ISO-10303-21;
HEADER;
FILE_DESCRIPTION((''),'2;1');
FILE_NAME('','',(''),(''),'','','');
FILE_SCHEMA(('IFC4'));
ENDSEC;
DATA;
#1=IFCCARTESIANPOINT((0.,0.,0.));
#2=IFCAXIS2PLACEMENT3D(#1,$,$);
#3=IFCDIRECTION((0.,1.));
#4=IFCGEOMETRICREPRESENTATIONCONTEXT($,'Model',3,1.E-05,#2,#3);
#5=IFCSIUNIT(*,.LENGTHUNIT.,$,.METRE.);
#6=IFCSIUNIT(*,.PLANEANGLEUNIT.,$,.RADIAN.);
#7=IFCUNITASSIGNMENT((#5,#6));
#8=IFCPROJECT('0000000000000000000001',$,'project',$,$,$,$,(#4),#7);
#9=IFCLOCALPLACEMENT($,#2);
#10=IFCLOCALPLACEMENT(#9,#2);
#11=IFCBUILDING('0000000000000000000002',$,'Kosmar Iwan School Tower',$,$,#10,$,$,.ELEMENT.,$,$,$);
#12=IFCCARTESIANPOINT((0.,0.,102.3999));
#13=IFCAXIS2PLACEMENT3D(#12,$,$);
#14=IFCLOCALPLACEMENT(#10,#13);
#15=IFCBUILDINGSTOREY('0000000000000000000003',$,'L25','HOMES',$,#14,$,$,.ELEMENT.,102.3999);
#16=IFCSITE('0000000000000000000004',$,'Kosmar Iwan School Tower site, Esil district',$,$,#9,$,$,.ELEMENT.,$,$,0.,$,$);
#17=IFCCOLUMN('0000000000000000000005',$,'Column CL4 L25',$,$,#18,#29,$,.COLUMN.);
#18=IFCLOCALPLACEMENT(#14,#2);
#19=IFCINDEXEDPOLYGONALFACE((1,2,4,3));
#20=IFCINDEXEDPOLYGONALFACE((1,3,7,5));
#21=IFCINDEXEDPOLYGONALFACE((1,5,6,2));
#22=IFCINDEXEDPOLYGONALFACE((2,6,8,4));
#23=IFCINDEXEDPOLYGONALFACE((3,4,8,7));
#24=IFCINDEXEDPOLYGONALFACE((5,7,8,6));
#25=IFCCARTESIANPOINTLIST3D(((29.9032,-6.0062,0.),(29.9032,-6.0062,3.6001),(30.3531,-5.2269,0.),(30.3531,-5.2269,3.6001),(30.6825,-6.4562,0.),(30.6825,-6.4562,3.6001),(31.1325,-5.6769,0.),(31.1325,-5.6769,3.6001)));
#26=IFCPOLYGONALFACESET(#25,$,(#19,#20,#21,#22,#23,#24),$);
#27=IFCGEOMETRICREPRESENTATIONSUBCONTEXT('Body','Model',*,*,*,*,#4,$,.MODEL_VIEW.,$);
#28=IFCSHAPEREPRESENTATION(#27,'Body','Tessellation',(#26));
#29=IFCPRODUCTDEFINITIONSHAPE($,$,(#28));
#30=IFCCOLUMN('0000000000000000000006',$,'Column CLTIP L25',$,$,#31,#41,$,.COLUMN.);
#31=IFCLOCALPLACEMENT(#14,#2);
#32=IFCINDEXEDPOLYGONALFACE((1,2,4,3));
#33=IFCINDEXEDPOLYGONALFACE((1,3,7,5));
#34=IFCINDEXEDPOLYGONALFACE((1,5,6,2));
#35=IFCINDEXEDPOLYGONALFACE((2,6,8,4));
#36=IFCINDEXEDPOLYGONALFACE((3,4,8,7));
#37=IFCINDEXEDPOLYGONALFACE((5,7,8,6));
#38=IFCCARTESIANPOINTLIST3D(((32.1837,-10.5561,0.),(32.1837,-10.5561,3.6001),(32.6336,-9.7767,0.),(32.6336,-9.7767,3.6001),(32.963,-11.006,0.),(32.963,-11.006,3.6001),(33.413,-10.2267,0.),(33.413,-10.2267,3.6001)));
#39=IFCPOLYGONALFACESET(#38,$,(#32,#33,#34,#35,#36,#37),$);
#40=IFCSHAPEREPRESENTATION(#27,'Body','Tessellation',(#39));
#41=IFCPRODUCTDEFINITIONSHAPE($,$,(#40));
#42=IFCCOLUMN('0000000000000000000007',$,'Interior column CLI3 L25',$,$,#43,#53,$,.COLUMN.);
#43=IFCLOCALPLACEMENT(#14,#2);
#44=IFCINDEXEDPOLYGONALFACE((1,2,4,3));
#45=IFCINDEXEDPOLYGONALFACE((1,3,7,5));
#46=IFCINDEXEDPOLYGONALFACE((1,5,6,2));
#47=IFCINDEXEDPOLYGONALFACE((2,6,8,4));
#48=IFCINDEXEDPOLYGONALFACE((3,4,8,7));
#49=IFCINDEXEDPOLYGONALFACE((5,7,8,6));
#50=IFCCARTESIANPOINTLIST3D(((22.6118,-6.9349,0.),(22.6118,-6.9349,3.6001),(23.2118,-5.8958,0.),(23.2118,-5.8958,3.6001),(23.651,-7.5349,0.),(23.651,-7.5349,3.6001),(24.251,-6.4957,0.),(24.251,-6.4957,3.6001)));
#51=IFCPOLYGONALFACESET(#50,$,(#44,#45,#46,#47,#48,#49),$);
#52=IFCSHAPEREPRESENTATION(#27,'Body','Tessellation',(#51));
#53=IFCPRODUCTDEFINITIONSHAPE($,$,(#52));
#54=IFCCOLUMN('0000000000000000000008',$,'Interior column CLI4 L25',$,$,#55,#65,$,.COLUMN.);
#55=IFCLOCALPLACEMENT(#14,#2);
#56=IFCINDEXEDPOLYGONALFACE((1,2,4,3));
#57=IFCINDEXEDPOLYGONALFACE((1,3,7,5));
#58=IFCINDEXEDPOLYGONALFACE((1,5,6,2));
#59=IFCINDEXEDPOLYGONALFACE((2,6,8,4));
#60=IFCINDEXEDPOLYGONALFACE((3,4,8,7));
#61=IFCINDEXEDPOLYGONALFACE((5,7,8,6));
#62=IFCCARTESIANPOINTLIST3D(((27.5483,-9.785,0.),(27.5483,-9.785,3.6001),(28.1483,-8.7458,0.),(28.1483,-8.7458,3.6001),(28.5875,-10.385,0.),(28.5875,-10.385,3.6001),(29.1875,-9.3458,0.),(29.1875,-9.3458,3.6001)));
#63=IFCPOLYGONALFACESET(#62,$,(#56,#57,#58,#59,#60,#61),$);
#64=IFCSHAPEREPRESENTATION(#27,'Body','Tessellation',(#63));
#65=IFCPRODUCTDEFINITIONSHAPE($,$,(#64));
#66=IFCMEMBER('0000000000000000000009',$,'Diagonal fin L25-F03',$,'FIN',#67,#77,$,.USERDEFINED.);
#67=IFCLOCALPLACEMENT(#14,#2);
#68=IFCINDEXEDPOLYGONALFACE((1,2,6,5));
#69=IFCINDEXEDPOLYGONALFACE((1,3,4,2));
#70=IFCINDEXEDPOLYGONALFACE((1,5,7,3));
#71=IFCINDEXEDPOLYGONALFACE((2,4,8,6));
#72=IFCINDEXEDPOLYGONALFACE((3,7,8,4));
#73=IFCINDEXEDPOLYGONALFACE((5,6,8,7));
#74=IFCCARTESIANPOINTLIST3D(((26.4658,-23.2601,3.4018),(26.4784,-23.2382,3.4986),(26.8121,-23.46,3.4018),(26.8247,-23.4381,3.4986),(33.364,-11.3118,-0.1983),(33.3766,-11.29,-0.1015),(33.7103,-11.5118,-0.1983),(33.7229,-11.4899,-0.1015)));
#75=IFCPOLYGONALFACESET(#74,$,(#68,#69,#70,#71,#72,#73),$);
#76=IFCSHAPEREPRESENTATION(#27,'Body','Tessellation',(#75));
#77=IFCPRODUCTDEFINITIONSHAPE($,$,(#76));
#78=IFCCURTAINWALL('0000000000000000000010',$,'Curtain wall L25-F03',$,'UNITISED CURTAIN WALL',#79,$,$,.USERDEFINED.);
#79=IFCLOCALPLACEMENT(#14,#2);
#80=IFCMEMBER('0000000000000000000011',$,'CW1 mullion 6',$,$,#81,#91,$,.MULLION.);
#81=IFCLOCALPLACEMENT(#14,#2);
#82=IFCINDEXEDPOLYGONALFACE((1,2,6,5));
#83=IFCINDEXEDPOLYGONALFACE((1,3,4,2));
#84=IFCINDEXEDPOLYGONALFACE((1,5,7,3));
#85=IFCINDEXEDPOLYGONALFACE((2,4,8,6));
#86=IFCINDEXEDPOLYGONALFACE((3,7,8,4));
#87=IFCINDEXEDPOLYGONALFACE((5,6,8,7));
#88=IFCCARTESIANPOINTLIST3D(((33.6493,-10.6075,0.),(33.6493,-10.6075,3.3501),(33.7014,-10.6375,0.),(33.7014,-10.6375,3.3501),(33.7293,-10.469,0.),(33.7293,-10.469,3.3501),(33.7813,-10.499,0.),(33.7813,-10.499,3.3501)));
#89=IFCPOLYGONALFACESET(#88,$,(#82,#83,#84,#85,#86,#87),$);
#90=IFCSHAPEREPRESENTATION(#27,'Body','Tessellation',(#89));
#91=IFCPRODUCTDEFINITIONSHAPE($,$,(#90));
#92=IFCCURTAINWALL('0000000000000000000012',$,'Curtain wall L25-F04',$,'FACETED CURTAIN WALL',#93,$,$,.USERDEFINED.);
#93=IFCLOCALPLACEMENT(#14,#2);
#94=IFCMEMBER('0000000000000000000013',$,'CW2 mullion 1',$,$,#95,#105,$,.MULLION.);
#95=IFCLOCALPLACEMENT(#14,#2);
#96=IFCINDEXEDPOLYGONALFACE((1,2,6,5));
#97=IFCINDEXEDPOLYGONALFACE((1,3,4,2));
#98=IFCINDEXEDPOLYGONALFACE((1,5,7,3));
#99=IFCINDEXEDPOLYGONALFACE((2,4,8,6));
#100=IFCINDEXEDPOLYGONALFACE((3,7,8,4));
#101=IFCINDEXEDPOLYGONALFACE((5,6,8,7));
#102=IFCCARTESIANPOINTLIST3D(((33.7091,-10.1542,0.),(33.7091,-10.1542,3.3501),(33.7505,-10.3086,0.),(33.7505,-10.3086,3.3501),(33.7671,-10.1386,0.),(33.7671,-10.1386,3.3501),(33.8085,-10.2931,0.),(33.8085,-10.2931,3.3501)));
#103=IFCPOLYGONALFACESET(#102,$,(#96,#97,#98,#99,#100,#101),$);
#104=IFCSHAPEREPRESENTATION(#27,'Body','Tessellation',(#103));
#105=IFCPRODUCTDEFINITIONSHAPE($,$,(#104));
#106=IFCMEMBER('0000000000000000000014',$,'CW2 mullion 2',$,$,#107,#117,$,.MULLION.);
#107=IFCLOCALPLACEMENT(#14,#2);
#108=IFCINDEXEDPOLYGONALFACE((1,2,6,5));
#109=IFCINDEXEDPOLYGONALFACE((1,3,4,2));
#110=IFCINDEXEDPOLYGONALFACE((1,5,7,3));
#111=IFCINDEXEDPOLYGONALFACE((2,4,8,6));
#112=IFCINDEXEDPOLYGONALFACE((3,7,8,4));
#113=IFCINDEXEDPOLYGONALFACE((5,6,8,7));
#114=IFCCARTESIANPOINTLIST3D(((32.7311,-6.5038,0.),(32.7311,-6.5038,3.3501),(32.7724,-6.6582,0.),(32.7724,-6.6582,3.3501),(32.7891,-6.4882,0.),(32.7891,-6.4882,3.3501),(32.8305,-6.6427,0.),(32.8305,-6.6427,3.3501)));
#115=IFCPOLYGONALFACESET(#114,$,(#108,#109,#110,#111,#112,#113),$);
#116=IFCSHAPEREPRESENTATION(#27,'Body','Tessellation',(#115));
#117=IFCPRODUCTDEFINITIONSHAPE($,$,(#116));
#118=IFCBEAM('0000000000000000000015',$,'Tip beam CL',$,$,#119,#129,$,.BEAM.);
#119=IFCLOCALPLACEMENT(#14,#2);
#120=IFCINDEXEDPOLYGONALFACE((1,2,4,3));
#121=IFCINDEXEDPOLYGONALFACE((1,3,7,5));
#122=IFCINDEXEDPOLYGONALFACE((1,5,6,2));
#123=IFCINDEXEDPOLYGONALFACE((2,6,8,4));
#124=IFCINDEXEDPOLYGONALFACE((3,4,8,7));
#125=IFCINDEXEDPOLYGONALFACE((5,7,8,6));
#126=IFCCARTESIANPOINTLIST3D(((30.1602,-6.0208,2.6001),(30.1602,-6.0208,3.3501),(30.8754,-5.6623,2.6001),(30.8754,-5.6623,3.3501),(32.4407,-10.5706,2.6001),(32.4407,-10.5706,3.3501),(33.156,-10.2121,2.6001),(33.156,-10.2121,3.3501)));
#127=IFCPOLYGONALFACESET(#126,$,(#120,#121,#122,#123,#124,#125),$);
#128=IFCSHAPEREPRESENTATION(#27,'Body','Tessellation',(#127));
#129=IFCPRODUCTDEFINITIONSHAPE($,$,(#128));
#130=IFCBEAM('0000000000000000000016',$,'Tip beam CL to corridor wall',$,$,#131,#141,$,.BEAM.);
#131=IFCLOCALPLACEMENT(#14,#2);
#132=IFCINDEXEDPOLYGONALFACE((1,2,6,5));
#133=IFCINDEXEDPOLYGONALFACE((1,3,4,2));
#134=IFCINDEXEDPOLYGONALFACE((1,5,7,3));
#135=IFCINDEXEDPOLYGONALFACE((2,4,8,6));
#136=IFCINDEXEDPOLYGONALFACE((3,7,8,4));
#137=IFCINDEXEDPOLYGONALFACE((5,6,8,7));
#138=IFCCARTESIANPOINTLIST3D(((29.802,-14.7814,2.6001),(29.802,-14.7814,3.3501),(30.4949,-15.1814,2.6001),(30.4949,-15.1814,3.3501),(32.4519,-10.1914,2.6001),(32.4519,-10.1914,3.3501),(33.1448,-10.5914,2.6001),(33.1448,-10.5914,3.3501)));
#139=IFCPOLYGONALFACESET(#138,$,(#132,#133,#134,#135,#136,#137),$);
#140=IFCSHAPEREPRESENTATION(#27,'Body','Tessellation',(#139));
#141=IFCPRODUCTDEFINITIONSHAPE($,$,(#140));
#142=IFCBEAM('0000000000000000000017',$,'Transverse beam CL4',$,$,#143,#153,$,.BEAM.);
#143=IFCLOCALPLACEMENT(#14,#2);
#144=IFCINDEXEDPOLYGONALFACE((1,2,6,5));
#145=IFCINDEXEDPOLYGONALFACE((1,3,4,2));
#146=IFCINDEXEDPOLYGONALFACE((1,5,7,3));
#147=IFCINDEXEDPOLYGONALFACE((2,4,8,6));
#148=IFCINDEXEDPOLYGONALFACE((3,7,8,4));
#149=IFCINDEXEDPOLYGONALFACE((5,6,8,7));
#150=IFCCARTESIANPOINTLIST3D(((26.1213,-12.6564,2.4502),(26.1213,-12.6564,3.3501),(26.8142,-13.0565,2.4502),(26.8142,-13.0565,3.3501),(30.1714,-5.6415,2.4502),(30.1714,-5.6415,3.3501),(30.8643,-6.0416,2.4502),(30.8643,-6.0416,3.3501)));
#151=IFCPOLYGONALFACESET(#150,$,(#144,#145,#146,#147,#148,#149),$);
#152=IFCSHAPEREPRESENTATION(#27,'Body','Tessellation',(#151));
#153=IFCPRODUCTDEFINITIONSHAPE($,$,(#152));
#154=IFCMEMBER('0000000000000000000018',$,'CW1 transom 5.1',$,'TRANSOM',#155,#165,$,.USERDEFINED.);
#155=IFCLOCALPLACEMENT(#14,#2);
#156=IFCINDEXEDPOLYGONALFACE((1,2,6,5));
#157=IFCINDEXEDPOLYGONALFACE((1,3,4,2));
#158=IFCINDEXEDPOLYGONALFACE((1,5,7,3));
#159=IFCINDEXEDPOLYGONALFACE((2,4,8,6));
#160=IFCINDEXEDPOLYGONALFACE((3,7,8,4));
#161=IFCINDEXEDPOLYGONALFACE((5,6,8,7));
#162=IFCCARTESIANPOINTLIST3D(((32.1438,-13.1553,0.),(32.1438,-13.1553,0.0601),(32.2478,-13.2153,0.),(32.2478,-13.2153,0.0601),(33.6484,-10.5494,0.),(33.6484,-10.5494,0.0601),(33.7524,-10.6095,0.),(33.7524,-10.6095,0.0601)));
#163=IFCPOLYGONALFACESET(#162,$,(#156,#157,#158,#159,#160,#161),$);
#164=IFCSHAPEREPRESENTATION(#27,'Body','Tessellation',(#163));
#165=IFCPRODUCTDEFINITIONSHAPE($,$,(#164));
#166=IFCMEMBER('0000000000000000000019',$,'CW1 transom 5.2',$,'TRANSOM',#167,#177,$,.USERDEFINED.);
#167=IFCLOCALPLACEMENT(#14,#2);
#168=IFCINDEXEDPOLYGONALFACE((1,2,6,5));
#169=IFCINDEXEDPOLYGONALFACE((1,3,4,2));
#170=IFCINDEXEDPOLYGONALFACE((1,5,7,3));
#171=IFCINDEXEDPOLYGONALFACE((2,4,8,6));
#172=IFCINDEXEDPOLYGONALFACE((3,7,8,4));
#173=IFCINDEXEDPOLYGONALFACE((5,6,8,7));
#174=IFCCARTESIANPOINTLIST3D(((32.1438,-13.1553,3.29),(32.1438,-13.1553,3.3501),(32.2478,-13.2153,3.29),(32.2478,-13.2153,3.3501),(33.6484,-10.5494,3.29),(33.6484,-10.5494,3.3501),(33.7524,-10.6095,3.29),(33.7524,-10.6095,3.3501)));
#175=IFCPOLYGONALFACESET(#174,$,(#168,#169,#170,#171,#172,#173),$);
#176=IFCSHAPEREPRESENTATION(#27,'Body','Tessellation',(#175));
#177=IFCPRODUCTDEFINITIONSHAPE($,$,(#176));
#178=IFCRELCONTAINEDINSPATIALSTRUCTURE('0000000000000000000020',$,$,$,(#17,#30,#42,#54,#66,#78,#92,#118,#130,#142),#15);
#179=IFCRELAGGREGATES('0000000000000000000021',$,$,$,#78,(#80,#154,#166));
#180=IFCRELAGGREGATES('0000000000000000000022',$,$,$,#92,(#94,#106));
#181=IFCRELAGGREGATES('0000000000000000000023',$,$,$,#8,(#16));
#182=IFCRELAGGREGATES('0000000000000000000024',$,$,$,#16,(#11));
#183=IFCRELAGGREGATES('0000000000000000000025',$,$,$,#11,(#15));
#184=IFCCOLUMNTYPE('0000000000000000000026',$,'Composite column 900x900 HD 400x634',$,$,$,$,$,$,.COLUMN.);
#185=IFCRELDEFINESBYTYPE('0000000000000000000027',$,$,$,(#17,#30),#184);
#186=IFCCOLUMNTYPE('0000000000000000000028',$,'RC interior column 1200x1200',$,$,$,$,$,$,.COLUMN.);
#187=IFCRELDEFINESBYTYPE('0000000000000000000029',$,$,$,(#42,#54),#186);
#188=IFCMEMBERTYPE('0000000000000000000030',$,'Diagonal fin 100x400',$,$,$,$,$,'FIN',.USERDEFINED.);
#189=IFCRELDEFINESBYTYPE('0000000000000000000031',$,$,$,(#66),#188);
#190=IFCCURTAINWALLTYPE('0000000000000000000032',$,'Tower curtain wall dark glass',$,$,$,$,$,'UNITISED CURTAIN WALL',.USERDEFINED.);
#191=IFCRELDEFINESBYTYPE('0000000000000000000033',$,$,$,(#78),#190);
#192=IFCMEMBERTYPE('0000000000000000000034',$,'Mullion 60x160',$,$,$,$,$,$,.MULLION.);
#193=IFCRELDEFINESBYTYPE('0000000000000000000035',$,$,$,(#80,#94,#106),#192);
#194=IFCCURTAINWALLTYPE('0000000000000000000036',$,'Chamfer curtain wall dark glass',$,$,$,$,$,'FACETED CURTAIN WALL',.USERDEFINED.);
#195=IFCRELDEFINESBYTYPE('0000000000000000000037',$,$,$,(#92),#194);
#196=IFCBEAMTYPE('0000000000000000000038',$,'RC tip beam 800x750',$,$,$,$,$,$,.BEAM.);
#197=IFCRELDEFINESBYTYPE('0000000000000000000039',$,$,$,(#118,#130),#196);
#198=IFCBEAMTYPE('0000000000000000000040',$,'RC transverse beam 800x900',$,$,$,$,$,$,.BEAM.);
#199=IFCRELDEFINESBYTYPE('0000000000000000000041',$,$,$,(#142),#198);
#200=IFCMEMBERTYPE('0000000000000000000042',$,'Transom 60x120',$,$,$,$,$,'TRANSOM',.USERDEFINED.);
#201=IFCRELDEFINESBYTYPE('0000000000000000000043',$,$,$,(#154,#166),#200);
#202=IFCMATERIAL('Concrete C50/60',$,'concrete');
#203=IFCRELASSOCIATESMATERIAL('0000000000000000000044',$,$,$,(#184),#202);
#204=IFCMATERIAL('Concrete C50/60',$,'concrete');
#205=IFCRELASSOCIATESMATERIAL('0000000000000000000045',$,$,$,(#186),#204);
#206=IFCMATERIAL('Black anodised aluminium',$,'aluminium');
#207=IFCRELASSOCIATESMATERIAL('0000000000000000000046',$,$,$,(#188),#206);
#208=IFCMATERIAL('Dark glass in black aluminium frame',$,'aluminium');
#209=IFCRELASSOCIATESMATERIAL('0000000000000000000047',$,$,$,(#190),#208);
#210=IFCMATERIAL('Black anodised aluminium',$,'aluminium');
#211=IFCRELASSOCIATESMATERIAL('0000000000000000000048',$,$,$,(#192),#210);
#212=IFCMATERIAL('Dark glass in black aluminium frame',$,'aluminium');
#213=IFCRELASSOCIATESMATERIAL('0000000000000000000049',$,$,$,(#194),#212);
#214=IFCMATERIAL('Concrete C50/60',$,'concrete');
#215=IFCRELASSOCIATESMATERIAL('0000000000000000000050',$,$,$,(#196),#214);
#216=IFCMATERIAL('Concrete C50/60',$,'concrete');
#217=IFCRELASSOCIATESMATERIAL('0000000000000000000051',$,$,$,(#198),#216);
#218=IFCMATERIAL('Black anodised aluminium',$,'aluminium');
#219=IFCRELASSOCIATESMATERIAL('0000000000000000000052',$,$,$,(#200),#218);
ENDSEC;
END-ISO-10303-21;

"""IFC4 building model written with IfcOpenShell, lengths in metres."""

from ifc_helpers import new_model, si_unit, direction, frame, origin, origin_2d, place, context, subcontext, project, spatial, rectangle, extrude, material, material_profile, profile_set, type_object, element, aggregate, save


model = new_model("IFC4")

# Units and contexts
model_context = context("Model", 3, precision=1e-05, world=origin(), true_north=direction((0.0, 1.0)))
body_context = subcontext(model_context, "Body", "Model", "MODEL_VIEW")
ifc_project = project(units=[si_unit("LENGTHUNIT", "METRE"), si_unit("PLANEANGLEUNIT", "RADIAN")], contexts=[model_context])

# Site, building, storey
site_placement = place(None, origin())
site = spatial("IfcSite", under=ifc_project, at=site_placement, Name="Kosmar Iwan School Tower site, Esil district", CompositionType="ELEMENT", RefElevation=0.0)
building_placement = place(site_placement, origin())
building = spatial("IfcBuilding", under=site, at=building_placement, Name="Kosmar Iwan School Tower", CompositionType="ELEMENT")
storey_placement = place(building_placement, frame((0.0, 0.0, 102.3999)))
storey = spatial("IfcBuildingStorey", under=building, at=storey_placement, Name="L25", Description="HOMES", CompositionType="ELEMENT", Elevation=102.3999)

# Columns
ifc_material_1 = material(Name="Concrete C50/60", Category="concrete")
ifc_material_profile_1 = material_profile(ifc_material_1, rectangle(XDim=0.8999, YDim=0.8999, at=origin_2d()), Name="RC 900x900 + HD 400x634")
ifc_profile_set_1 = profile_set([ifc_material_profile_1], Name="Concrete C50/60")
column_type_1 = type_object("IfcColumnType", Name="Composite column 900x900 HD 400x634", PredefinedType="COLUMN", material=ifc_profile_set_1)
for number, where, z_axis, x_axis, name in (
    (1, (30.5178, -5.8416, 0.0), (0.0, 0.0, 1.0), (0.866025, -0.5, 0.0), "Column CL4 L25"),
    (2, (32.7983, -10.3914, 0.0), (0.0, 0.0, 1.0), (0.866025, -0.5, 0.0), "Column CLTIP L25"),
):
    element("IfcColumn", number, at=place(storey_placement, frame(where, z_axis=z_axis, x_axis=x_axis)), inside=storey, type_object=column_type_1, Name=name, PredefinedType="COLUMN", context=body_context, shape_type="SweptSolid", body=[
        extrude(rectangle(XDim=0.8999, YDim=0.8999, at=origin_2d()), origin(), (0.0, 0.0, 1.0), 3.6001),
    ])
ifc_material_2 = material(Name="Concrete C50/60", Category="concrete")
ifc_material_profile_2 = material_profile(ifc_material_2, rectangle(XDim=1.2, YDim=1.2, at=origin_2d()), Name="RC 1200x1200")
ifc_profile_set_2 = profile_set([ifc_material_profile_2], Name="Concrete C50/60")
column_type_2 = type_object("IfcColumnType", Name="RC interior column 1200x1200", PredefinedType="COLUMN", material=ifc_profile_set_2)
for number, where, z_axis, x_axis, name in (
    (3, (23.4314, -6.7153, 0.0), (0.0, 0.0, 1.0), (0.866025, -0.5, 0.0), "Interior column CLI3 L25"),
    (4, (28.3679, -9.5654, 0.0), (0.0, 0.0, 1.0), (0.866025, -0.5, 0.0), "Interior column CLI4 L25"),
):
    element("IfcColumn", number, at=place(storey_placement, frame(where, z_axis=z_axis, x_axis=x_axis)), inside=storey, type_object=column_type_2, Name=name, PredefinedType="COLUMN", context=body_context, shape_type="SweptSolid", body=[
        extrude(rectangle(XDim=1.2, YDim=1.2, at=origin_2d()), origin(), (0.0, 0.0, 1.0), 3.6001),
    ])

# Member
ifc_material_3 = material(Name="Black anodised aluminium", Category="aluminium")
ifc_material_profile_3 = material_profile(ifc_material_3, rectangle(XDim=0.1001, YDim=0.3999, at=origin_2d()), Name="FIN 100x400")
ifc_profile_set_3 = profile_set([ifc_material_profile_3], Name="Black anodised aluminium")
member_type_1 = type_object("IfcMemberType", Name="Diagonal fin 100x400", ElementType="FIN", PredefinedType="USERDEFINED", material=ifc_profile_set_3)
member_1_placement = place(storey_placement, frame((33.5435, -11.4009, -0.1499), z_axis=(-0.483793, -0.83797, 0.252487), x_axis=(0.126242, 0.218661, 0.9676)))
element("IfcMember", 5, at=member_1_placement, inside=storey, type_object=member_type_1, Name="Diagonal fin L25-F03", ObjectType="FIN", PredefinedType="USERDEFINED", context=body_context, shape_type="SweptSolid", body=[
    extrude(rectangle(XDim=0.1001, YDim=0.3999, at=origin_2d()), origin(), (0.0, 0.0, 1.0), 14.2585),
])

# Curtain wall, member
ifc_material_4 = material(Name="Dark glass in black aluminium frame", Category="aluminium")
curtain_wall_type_1 = type_object("IfcCurtainWallType", Name="Tower curtain wall dark glass", ElementType="UNITISED CURTAIN WALL", PredefinedType="USERDEFINED", material=ifc_material_4)
curtain_wall_1_placement = place(storey_placement, origin())
curtain_wall_1 = element("IfcCurtainWall", 6, at=curtain_wall_1_placement, inside=storey, type_object=curtain_wall_type_1, Name="Curtain wall L25-F03", ObjectType="UNITISED CURTAIN WALL", PredefinedType="USERDEFINED")
ifc_material_5 = material(Name="Black anodised aluminium", Category="aluminium")
ifc_material_profile_4 = material_profile(ifc_material_5, rectangle(XDim=0.0601, YDim=0.1599, at=origin_2d()), Name="MULLION 60x160")
ifc_profile_set_4 = profile_set([ifc_material_profile_4], Name="Black anodised aluminium")
member_type_2 = type_object("IfcMemberType", Name="Mullion 60x160", PredefinedType="MULLION", material=ifc_profile_set_4)
member_2_placement = place(storey_placement, frame((33.7153, -10.5532, 0.0), z_axis=(0.0, 0.0, 1.0), x_axis=(-0.866025, 0.5, 0.0)))
member_2 = element("IfcMember", 7, at=member_2_placement, type_object=member_type_2, Name="CW1 mullion 6", PredefinedType="MULLION", context=body_context, shape_type="SweptSolid", body=[
    extrude(rectangle(XDim=0.0601, YDim=0.1599, at=origin_2d()), origin(), (0.0, 0.0, 1.0), 3.3501),
])

# Curtain wall, members
ifc_material_6 = material(Name="Dark glass in black aluminium frame", Category="aluminium")
curtain_wall_type_2 = type_object("IfcCurtainWallType", Name="Chamfer curtain wall dark glass", ElementType="FACETED CURTAIN WALL", PredefinedType="USERDEFINED", material=ifc_material_6)
curtain_wall_2_placement = place(storey_placement, origin())
curtain_wall_2 = element("IfcCurtainWall", 8, at=curtain_wall_2_placement, inside=storey, type_object=curtain_wall_type_2, Name="Curtain wall L25-F04", ObjectType="FACETED CURTAIN WALL", PredefinedType="USERDEFINED")
member_3_placement = place(storey_placement, frame((33.7588, -10.2236, 0.0), z_axis=(0.0, 0.0, 1.0), x_axis=(-0.965926, -0.258819, 0.0)))
member_3 = element("IfcMember", 9, at=member_3_placement, type_object=member_type_2, Name="CW2 mullion 1", PredefinedType="MULLION", context=body_context, shape_type="SweptSolid", body=[
    extrude(rectangle(XDim=0.0601, YDim=0.1599, at=origin_2d()), origin(), (0.0, 0.0, 1.0), 3.3501),
])
member_4_placement = place(storey_placement, frame((32.7808, -6.5732, 0.0), z_axis=(0.0, 0.0, 1.0), x_axis=(-0.965926, -0.258819, 0.0)))
member_4 = element("IfcMember", 10, at=member_4_placement, type_object=member_type_2, Name="CW2 mullion 2", PredefinedType="MULLION", context=body_context, shape_type="SweptSolid", body=[
    extrude(rectangle(XDim=0.0601, YDim=0.1599, at=origin_2d()), origin(), (0.0, 0.0, 1.0), 3.3501),
])

# Beams
ifc_material_7 = material(Name="Concrete C50/60", Category="concrete")
ifc_material_profile_5 = material_profile(ifc_material_7, rectangle(XDim=0.8, YDim=0.75, at=origin_2d()), Name="RC 800x750")
ifc_profile_set_5 = profile_set([ifc_material_profile_5], Name="Concrete C50/60")
beam_type_1 = type_object("IfcBeamType", Name="RC tip beam 800x750", PredefinedType="BEAM", material=ifc_profile_set_5)
beam_1_placement = place(storey_placement, frame((30.5178, -5.8416, 2.9751), z_axis=(0.448096, -0.893985, 0.0), x_axis=(0.893985, 0.448096, 0.0)))
element("IfcBeam", 11, at=beam_1_placement, inside=storey, type_object=beam_type_1, Name="Tip beam CL", PredefinedType="BEAM", context=body_context, shape_type="SweptSolid", body=[
    extrude(rectangle(XDim=0.8, YDim=0.75, at=origin_2d()), origin(), (0.0, 0.0, 1.0), 5.0894),
])
beam_2_placement = place(storey_placement, frame((32.7983, -10.3914, 2.9751), z_axis=(-0.499974, -0.866041, 0.0), x_axis=(0.866041, -0.499974, 0.0)))
element("IfcBeam", 12, at=beam_2_placement, inside=storey, type_object=beam_type_1, Name="Tip beam CL to corridor wall", PredefinedType="BEAM", context=body_context, shape_type="SweptSolid", body=[
    extrude(rectangle(XDim=0.8, YDim=0.75, at=origin_2d()), origin(), (0.0, 0.0, 1.0), 5.3),
])
ifc_material_8 = material(Name="Concrete C50/60", Category="concrete")
ifc_material_profile_6 = material_profile(ifc_material_8, rectangle(XDim=0.8, YDim=0.8999, at=origin_2d()), Name="RC 800x900")
ifc_profile_set_6 = profile_set([ifc_material_profile_6], Name="Concrete C50/60")
beam_type_2 = type_object("IfcBeamType", Name="RC transverse beam 800x900", PredefinedType="BEAM", material=ifc_profile_set_6)
beam_3_placement = place(storey_placement, frame((30.5178, -5.8416, 2.9001), z_axis=(-0.5, -0.866025, 0.0), x_axis=(0.866025, -0.5, 0.0)))
element("IfcBeam", 13, at=beam_3_placement, inside=storey, type_object=beam_type_2, Name="Transverse beam CL4", PredefinedType="BEAM", context=body_context, shape_type="SweptSolid", body=[
    extrude(rectangle(XDim=0.8, YDim=0.8999, at=origin_2d()), origin(), (0.0, 0.0, 1.0), 8.1001),
])

# Members
ifc_material_9 = material(Name="Black anodised aluminium", Category="aluminium")
ifc_material_profile_7 = material_profile(ifc_material_9, rectangle(XDim=0.1201, YDim=0.0601, at=origin_2d()), Name="TRANSOM 60x120")
ifc_profile_set_7 = profile_set([ifc_material_profile_7], Name="Black anodised aluminium")
member_type_3 = type_object("IfcMemberType", Name="Transom 60x120", ElementType="TRANSOM", PredefinedType="USERDEFINED", material=ifc_profile_set_7)
member_5_placement = place(storey_placement, frame((32.1958, -13.1853, 0.03), z_axis=(0.500022, 0.866013, 0.0), x_axis=(-0.866013, 0.500022, 0.0)))
member_5 = element("IfcMember", 14, at=member_5_placement, type_object=member_type_3, Name="CW1 transom 5.1", ObjectType="TRANSOM", PredefinedType="USERDEFINED", context=body_context, shape_type="SweptSolid", body=[
    extrude(rectangle(XDim=0.1201, YDim=0.0601, at=origin_2d()), origin(), (0.0, 0.0, 1.0), 3.009),
])
member_6_placement = place(storey_placement, frame((32.1958, -13.1853, 3.3201), z_axis=(0.500022, 0.866013, 0.0), x_axis=(-0.866013, 0.500022, 0.0)))
member_6 = element("IfcMember", 15, at=member_6_placement, type_object=member_type_3, Name="CW1 transom 5.2", ObjectType="TRANSOM", PredefinedType="USERDEFINED", context=body_context, shape_type="SweptSolid", body=[
    extrude(rectangle(XDim=0.1201, YDim=0.0601, at=origin_2d()), origin(), (0.0, 0.0, 1.0), 3.009),
])

aggregate(curtain_wall_1, [member_2, member_5, member_6])
aggregate(curtain_wall_2, [member_3, member_4])

save(model, "model.ifc")
